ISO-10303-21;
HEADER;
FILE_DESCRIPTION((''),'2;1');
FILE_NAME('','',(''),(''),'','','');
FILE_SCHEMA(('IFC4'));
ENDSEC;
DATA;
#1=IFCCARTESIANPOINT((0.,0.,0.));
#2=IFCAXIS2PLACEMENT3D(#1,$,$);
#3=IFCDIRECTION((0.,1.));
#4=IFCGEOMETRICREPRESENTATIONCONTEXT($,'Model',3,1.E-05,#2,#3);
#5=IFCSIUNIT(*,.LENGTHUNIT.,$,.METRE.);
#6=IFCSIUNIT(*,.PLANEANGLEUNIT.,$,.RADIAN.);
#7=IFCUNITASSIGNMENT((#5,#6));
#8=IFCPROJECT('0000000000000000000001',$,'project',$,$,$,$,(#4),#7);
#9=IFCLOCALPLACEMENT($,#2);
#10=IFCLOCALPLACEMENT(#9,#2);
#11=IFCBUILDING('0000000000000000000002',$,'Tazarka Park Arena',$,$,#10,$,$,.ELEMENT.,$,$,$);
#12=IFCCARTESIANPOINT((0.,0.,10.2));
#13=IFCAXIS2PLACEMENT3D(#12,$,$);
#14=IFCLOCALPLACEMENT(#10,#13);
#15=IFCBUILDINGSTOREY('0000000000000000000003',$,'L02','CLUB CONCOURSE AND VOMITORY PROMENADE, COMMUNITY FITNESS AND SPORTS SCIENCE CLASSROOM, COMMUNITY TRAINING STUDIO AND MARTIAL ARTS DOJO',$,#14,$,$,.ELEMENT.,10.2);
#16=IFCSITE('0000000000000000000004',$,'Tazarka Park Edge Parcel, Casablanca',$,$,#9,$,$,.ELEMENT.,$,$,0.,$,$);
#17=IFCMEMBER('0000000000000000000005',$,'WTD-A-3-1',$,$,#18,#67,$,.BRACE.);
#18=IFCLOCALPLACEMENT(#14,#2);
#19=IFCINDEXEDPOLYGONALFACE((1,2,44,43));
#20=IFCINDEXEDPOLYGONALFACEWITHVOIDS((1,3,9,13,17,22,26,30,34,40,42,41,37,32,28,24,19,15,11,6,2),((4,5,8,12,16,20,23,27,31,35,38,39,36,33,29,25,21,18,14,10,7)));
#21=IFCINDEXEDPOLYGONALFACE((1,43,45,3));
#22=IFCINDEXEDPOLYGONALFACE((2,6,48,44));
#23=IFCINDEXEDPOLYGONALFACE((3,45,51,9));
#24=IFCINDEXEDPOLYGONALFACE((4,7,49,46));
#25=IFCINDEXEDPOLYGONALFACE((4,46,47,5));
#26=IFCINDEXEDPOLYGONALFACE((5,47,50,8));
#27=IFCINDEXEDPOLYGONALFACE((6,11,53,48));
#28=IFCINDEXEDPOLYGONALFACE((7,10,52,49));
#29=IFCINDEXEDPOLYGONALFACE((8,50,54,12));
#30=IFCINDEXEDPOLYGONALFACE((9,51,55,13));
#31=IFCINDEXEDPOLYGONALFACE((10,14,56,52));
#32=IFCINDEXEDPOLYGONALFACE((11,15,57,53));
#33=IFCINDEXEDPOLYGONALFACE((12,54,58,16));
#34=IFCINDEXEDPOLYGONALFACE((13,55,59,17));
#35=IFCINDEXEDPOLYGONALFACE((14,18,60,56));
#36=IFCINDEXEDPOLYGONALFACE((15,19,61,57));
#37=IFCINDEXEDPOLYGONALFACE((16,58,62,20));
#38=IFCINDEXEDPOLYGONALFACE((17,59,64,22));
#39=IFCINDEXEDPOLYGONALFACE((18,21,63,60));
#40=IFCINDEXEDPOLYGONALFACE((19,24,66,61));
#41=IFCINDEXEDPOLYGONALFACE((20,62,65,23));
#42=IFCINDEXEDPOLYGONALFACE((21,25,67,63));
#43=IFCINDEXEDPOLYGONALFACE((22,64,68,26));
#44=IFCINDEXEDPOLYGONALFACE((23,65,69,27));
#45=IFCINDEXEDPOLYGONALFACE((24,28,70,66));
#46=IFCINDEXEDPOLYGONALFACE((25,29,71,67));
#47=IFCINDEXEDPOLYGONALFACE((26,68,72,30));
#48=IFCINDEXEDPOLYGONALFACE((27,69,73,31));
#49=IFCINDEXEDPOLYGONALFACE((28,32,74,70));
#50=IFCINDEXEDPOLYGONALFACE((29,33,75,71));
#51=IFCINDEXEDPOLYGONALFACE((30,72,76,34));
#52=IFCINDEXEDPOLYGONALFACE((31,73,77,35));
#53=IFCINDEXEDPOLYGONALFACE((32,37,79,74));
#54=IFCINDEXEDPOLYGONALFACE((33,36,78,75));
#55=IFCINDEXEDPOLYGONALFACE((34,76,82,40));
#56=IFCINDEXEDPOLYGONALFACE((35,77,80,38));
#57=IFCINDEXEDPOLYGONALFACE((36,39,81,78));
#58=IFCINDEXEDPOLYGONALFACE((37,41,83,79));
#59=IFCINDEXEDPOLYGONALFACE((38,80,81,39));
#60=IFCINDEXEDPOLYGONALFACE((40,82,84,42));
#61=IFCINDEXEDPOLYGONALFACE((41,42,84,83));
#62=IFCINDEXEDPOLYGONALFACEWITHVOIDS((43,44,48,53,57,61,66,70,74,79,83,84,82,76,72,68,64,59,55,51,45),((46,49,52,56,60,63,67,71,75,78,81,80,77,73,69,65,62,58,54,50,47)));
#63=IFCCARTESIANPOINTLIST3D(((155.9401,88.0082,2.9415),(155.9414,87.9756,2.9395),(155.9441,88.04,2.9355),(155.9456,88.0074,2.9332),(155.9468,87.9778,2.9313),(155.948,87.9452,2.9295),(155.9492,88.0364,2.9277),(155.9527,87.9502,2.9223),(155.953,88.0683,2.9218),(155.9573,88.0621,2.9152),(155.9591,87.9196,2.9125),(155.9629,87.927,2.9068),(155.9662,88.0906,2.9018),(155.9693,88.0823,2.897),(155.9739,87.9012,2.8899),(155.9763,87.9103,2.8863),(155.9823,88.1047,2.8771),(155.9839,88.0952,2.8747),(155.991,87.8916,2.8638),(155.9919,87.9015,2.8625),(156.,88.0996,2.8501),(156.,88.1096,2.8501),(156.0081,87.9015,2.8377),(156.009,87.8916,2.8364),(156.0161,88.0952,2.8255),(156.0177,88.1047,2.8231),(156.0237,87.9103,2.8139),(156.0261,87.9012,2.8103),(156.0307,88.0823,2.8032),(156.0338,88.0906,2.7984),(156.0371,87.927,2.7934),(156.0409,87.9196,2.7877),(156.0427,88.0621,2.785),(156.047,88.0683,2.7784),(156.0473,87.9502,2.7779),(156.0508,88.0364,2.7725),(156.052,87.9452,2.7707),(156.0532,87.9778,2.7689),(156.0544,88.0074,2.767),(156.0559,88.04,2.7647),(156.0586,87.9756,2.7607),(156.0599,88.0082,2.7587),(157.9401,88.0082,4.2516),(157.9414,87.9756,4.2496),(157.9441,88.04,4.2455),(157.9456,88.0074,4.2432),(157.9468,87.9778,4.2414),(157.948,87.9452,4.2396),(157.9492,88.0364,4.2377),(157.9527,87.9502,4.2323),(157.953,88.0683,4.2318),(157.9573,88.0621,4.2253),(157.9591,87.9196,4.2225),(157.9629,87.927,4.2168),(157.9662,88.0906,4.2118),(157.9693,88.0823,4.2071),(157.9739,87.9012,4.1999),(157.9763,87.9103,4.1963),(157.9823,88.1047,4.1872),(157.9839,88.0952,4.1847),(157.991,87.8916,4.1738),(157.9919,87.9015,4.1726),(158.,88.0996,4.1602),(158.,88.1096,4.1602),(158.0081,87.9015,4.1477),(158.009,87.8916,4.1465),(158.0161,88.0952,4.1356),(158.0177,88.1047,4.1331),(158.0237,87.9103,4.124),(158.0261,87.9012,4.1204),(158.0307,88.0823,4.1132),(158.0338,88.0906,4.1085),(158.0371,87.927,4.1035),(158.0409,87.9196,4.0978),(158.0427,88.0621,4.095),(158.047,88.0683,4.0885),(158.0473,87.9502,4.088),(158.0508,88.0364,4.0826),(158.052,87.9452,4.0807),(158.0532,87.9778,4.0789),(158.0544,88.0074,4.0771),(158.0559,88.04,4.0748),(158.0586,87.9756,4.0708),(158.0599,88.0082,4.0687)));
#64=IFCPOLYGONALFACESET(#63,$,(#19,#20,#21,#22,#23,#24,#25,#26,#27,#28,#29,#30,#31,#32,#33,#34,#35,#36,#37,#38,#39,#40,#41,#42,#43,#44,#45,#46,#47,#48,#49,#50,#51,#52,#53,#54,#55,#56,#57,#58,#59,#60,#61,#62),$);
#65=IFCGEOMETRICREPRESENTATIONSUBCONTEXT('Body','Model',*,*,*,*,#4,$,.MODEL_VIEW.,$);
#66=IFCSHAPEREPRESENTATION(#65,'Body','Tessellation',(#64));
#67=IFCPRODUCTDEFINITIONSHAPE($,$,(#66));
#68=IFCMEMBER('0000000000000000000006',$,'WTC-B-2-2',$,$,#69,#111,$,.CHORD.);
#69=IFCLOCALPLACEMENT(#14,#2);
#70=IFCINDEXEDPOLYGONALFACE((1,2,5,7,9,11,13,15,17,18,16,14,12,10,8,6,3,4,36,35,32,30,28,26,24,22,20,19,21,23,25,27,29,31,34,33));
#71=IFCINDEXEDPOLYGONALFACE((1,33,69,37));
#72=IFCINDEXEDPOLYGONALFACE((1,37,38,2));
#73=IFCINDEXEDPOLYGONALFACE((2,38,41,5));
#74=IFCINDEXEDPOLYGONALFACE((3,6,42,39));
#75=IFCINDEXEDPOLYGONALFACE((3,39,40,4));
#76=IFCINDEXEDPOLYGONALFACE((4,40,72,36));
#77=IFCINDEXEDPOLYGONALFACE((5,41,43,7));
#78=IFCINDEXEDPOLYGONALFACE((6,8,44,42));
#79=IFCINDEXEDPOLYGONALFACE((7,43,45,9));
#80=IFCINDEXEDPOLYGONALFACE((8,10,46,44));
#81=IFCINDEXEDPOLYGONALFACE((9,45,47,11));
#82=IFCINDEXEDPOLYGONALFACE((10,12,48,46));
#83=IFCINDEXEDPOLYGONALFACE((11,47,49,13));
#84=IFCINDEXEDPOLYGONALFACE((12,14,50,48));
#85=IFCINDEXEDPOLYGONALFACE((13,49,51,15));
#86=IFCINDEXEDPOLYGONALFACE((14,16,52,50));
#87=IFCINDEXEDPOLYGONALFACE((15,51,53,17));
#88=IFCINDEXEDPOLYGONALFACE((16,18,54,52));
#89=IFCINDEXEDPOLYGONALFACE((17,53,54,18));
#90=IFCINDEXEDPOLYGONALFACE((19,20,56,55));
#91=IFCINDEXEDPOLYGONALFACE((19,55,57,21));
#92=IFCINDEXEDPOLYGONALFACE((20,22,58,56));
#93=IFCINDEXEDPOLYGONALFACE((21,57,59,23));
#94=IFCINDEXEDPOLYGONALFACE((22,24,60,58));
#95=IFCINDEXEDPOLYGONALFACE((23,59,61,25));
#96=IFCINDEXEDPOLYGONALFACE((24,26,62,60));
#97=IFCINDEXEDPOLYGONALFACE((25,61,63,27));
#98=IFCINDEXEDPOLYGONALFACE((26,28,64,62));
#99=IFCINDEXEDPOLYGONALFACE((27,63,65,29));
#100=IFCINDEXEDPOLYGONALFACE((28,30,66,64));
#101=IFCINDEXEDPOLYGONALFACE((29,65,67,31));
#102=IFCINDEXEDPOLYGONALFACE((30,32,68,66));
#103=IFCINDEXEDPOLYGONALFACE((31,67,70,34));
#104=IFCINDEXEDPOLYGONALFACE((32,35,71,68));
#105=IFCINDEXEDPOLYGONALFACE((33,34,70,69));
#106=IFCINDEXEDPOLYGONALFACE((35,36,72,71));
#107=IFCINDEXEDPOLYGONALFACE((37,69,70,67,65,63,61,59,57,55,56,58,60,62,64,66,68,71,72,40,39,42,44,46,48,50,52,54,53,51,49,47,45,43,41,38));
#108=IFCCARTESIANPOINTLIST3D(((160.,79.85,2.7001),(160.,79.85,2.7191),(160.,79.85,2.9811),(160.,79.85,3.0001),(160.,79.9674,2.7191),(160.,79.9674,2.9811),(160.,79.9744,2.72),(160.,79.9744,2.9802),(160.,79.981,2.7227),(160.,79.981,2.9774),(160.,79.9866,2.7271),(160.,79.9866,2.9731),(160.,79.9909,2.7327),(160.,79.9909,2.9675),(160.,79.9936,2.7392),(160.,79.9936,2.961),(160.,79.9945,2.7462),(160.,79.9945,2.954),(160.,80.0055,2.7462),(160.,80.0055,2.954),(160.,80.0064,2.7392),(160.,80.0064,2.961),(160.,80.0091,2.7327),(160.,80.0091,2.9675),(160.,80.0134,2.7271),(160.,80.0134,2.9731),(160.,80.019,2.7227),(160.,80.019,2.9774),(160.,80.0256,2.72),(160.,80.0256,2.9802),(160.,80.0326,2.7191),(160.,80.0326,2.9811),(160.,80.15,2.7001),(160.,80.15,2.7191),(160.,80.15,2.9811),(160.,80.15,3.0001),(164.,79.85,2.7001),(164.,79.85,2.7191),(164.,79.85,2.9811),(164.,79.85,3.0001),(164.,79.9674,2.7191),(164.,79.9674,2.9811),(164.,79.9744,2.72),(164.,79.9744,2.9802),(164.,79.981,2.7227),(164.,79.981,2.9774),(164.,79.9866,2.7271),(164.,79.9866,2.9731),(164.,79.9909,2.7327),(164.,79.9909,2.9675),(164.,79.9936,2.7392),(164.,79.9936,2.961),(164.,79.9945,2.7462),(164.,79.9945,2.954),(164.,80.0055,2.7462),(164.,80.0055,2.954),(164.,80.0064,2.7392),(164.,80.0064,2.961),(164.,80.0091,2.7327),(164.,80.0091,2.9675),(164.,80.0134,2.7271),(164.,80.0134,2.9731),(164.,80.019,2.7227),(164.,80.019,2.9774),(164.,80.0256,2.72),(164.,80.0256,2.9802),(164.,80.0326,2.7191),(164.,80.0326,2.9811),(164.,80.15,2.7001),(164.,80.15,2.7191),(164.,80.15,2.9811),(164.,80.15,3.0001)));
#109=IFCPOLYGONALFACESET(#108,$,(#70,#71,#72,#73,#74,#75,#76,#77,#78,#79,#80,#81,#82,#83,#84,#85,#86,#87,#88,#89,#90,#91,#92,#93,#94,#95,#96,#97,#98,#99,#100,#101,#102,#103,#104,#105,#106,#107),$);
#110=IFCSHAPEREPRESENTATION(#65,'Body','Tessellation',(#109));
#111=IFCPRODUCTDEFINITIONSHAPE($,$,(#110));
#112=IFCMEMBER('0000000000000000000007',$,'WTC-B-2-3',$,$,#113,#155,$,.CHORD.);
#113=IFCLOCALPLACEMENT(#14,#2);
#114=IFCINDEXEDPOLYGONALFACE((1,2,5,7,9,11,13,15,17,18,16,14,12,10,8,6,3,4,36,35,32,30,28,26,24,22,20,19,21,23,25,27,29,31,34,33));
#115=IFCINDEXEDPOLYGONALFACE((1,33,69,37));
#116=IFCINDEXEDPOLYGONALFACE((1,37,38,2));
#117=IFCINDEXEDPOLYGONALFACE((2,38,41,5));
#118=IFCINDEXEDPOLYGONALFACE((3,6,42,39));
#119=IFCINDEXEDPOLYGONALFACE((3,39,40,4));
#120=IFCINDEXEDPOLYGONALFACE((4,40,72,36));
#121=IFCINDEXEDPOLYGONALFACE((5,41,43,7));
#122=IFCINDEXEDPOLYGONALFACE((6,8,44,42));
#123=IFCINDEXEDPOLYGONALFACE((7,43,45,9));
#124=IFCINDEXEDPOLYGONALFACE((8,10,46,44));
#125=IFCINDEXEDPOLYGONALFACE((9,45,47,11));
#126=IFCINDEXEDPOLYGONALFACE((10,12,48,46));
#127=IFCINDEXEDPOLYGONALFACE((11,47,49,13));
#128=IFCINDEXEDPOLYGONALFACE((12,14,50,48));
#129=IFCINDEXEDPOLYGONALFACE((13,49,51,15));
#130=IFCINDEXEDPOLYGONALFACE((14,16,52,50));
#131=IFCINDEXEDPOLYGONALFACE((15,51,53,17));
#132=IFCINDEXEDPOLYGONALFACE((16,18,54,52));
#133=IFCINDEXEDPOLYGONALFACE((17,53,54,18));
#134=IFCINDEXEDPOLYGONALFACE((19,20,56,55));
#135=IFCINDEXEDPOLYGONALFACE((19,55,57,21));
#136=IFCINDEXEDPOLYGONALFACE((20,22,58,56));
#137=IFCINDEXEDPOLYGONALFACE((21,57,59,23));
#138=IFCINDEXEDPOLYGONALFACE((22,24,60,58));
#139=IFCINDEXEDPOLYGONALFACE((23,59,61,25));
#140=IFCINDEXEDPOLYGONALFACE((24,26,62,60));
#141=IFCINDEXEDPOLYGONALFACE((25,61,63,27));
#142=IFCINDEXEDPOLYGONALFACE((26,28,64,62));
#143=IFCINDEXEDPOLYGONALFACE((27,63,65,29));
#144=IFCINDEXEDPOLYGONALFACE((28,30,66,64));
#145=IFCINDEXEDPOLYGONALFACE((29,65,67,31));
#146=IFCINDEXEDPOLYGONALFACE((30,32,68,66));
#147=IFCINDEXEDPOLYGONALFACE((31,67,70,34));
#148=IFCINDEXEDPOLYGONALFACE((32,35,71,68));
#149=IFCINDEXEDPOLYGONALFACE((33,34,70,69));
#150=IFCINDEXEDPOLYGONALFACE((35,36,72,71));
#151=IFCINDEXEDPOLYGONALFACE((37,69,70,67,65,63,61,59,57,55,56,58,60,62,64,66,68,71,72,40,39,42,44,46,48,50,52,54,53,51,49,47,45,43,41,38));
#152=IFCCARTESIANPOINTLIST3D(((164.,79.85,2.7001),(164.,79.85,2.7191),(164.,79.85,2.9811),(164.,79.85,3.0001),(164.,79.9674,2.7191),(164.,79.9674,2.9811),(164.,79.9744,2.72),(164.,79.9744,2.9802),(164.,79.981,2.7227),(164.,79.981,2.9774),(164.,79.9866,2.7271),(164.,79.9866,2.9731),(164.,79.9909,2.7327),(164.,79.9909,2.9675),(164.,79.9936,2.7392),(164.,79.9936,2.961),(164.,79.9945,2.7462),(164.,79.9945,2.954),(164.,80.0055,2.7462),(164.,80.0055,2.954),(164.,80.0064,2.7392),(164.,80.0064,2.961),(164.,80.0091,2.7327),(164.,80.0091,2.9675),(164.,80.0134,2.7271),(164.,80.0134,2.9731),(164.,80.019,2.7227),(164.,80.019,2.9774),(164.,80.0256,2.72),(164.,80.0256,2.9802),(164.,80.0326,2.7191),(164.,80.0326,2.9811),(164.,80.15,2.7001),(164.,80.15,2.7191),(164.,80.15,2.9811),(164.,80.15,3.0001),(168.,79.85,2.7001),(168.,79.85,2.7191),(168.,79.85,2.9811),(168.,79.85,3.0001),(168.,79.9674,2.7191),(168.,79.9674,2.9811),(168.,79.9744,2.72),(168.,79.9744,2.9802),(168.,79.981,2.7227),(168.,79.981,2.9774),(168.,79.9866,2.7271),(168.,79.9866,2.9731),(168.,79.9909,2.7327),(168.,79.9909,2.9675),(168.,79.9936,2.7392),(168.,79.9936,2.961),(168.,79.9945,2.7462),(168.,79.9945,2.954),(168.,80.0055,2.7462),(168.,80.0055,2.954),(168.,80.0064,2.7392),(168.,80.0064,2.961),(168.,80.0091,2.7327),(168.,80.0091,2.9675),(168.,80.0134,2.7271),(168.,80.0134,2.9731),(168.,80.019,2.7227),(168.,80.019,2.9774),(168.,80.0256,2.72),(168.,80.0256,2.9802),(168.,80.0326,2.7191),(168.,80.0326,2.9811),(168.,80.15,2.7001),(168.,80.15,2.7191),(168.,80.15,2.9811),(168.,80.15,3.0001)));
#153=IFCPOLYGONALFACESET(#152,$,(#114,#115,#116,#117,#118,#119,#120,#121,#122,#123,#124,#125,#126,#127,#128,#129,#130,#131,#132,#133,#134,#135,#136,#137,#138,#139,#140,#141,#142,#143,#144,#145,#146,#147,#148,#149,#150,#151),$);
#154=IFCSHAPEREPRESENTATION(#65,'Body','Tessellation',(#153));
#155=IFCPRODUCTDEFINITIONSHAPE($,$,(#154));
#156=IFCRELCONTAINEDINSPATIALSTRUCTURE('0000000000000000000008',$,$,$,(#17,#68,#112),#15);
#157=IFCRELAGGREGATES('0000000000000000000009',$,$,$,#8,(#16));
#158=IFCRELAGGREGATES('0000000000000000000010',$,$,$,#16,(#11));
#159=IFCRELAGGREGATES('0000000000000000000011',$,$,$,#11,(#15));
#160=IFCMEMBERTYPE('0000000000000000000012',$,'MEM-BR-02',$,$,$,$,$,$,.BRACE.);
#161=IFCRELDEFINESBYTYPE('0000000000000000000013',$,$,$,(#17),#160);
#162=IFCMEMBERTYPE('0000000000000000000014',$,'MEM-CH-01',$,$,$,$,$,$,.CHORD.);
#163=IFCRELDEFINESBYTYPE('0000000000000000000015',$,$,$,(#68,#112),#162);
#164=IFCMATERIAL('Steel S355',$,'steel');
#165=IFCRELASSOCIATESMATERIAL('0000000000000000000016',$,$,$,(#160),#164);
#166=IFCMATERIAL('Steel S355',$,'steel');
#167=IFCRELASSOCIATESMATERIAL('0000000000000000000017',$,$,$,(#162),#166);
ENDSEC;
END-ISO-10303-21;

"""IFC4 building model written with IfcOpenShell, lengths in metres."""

from ifc_helpers import new_model, si_unit, direction, frame, origin, origin_2d, place, context, subcontext, project, spatial, hollow_circle, i_section, extrude, material, material_profile, profile_set, type_object, element, save


model = new_model("IFC4")

# Units and contexts
model_context = context("Model", 3, precision=1e-05, world=origin(), true_north=direction((0.0, 1.0)))
body_context = subcontext(model_context, "Body", "Model", "MODEL_VIEW")
ifc_project = project(units=[si_unit("LENGTHUNIT", "METRE"), si_unit("PLANEANGLEUNIT", "RADIAN")], contexts=[model_context])

# Site, building, storey
site_placement = place(None, origin())
site = spatial("IfcSite", under=ifc_project, at=site_placement, Name="Tazarka Park Edge Parcel, Casablanca", CompositionType="ELEMENT", RefElevation=0.0)
building_placement = place(site_placement, origin())
building = spatial("IfcBuilding", under=site, at=building_placement, Name="Tazarka Park Arena", CompositionType="ELEMENT")
storey_placement = place(building_placement, frame((0.0, 0.0, 10.2)))
storey = spatial("IfcBuildingStorey", under=building, at=storey_placement, Name="L02", Description="CLUB CONCOURSE AND VOMITORY PROMENADE, COMMUNITY FITNESS AND SPORTS SCIENCE CLASSROOM, COMMUNITY TRAINING STUDIO AND MARTIAL ARTS DOJO", CompositionType="ELEMENT", Elevation=10.2)

# Members
ifc_material_1 = material(Name="Steel S355", Category="steel")
ifc_material_profile_1 = material_profile(ifc_material_1, hollow_circle(Radius=0.1096, WallThickness=0.01, at=origin_2d()), Name="Steel S355")
ifc_profile_set_1 = profile_set([ifc_material_profile_1], Name="Steel S355")
member_type_1 = type_object("IfcMemberType", Name="MEM-BR-02", PredefinedType="BRACE", material=ifc_profile_set_1)
for number, where, z_axis, x_axis, name in (
    (1, (156.0, 88.0, 2.8501), (0.836516, 0.0, 0.547942), (0.0, 1.0, 0.0), "WTD-A-3-1"),
):
    element("IfcMember", number, at=place(storey_placement, frame(where, z_axis=z_axis, x_axis=x_axis)), inside=storey, type_object=member_type_1, Name=name, PredefinedType="BRACE", context=body_context, shape_type="SweptSolid", body=[
        extrude(hollow_circle(Radius=0.1096, WallThickness=0.01, at=origin_2d()), origin(), (0.0, 0.0, 1.0), 2.3909),
    ])
ifc_material_2 = material(Name="Steel S355", Category="steel")
ifc_material_profile_2 = material_profile(ifc_material_2, i_section(OverallWidth=0.3, OverallDepth=0.3, WebThickness=0.011, FlangeThickness=0.019, FilletRadius=0.0271, at=origin_2d()), Name="Steel S355")
ifc_profile_set_2 = profile_set([ifc_material_profile_2], Name="Steel S355")
member_type_2 = type_object("IfcMemberType", Name="MEM-CH-01", PredefinedType="CHORD", material=ifc_profile_set_2)
for number, where, z_axis, x_axis, name in (
    (2, (160.0, 80.0, 2.8501), (1.0, 0.0, 0.0), (0.0, 1.0, 0.0), "WTC-B-2-2"),
    (3, (164.0, 80.0, 2.8501), (1.0, 0.0, 0.0), (0.0, 1.0, 0.0), "WTC-B-2-3"),
):
    element("IfcMember", number, at=place(storey_placement, frame(where, z_axis=z_axis, x_axis=x_axis)), inside=storey, type_object=member_type_2, Name=name, PredefinedType="CHORD", context=body_context, shape_type="SweptSolid", body=[
        extrude(i_section(OverallWidth=0.3, OverallDepth=0.3, WebThickness=0.011, FlangeThickness=0.019, FilletRadius=0.0271, at=origin_2d()), origin(), (0.0, 0.0, 1.0), 4.0),
    ])

save(model, "model.ifc")
